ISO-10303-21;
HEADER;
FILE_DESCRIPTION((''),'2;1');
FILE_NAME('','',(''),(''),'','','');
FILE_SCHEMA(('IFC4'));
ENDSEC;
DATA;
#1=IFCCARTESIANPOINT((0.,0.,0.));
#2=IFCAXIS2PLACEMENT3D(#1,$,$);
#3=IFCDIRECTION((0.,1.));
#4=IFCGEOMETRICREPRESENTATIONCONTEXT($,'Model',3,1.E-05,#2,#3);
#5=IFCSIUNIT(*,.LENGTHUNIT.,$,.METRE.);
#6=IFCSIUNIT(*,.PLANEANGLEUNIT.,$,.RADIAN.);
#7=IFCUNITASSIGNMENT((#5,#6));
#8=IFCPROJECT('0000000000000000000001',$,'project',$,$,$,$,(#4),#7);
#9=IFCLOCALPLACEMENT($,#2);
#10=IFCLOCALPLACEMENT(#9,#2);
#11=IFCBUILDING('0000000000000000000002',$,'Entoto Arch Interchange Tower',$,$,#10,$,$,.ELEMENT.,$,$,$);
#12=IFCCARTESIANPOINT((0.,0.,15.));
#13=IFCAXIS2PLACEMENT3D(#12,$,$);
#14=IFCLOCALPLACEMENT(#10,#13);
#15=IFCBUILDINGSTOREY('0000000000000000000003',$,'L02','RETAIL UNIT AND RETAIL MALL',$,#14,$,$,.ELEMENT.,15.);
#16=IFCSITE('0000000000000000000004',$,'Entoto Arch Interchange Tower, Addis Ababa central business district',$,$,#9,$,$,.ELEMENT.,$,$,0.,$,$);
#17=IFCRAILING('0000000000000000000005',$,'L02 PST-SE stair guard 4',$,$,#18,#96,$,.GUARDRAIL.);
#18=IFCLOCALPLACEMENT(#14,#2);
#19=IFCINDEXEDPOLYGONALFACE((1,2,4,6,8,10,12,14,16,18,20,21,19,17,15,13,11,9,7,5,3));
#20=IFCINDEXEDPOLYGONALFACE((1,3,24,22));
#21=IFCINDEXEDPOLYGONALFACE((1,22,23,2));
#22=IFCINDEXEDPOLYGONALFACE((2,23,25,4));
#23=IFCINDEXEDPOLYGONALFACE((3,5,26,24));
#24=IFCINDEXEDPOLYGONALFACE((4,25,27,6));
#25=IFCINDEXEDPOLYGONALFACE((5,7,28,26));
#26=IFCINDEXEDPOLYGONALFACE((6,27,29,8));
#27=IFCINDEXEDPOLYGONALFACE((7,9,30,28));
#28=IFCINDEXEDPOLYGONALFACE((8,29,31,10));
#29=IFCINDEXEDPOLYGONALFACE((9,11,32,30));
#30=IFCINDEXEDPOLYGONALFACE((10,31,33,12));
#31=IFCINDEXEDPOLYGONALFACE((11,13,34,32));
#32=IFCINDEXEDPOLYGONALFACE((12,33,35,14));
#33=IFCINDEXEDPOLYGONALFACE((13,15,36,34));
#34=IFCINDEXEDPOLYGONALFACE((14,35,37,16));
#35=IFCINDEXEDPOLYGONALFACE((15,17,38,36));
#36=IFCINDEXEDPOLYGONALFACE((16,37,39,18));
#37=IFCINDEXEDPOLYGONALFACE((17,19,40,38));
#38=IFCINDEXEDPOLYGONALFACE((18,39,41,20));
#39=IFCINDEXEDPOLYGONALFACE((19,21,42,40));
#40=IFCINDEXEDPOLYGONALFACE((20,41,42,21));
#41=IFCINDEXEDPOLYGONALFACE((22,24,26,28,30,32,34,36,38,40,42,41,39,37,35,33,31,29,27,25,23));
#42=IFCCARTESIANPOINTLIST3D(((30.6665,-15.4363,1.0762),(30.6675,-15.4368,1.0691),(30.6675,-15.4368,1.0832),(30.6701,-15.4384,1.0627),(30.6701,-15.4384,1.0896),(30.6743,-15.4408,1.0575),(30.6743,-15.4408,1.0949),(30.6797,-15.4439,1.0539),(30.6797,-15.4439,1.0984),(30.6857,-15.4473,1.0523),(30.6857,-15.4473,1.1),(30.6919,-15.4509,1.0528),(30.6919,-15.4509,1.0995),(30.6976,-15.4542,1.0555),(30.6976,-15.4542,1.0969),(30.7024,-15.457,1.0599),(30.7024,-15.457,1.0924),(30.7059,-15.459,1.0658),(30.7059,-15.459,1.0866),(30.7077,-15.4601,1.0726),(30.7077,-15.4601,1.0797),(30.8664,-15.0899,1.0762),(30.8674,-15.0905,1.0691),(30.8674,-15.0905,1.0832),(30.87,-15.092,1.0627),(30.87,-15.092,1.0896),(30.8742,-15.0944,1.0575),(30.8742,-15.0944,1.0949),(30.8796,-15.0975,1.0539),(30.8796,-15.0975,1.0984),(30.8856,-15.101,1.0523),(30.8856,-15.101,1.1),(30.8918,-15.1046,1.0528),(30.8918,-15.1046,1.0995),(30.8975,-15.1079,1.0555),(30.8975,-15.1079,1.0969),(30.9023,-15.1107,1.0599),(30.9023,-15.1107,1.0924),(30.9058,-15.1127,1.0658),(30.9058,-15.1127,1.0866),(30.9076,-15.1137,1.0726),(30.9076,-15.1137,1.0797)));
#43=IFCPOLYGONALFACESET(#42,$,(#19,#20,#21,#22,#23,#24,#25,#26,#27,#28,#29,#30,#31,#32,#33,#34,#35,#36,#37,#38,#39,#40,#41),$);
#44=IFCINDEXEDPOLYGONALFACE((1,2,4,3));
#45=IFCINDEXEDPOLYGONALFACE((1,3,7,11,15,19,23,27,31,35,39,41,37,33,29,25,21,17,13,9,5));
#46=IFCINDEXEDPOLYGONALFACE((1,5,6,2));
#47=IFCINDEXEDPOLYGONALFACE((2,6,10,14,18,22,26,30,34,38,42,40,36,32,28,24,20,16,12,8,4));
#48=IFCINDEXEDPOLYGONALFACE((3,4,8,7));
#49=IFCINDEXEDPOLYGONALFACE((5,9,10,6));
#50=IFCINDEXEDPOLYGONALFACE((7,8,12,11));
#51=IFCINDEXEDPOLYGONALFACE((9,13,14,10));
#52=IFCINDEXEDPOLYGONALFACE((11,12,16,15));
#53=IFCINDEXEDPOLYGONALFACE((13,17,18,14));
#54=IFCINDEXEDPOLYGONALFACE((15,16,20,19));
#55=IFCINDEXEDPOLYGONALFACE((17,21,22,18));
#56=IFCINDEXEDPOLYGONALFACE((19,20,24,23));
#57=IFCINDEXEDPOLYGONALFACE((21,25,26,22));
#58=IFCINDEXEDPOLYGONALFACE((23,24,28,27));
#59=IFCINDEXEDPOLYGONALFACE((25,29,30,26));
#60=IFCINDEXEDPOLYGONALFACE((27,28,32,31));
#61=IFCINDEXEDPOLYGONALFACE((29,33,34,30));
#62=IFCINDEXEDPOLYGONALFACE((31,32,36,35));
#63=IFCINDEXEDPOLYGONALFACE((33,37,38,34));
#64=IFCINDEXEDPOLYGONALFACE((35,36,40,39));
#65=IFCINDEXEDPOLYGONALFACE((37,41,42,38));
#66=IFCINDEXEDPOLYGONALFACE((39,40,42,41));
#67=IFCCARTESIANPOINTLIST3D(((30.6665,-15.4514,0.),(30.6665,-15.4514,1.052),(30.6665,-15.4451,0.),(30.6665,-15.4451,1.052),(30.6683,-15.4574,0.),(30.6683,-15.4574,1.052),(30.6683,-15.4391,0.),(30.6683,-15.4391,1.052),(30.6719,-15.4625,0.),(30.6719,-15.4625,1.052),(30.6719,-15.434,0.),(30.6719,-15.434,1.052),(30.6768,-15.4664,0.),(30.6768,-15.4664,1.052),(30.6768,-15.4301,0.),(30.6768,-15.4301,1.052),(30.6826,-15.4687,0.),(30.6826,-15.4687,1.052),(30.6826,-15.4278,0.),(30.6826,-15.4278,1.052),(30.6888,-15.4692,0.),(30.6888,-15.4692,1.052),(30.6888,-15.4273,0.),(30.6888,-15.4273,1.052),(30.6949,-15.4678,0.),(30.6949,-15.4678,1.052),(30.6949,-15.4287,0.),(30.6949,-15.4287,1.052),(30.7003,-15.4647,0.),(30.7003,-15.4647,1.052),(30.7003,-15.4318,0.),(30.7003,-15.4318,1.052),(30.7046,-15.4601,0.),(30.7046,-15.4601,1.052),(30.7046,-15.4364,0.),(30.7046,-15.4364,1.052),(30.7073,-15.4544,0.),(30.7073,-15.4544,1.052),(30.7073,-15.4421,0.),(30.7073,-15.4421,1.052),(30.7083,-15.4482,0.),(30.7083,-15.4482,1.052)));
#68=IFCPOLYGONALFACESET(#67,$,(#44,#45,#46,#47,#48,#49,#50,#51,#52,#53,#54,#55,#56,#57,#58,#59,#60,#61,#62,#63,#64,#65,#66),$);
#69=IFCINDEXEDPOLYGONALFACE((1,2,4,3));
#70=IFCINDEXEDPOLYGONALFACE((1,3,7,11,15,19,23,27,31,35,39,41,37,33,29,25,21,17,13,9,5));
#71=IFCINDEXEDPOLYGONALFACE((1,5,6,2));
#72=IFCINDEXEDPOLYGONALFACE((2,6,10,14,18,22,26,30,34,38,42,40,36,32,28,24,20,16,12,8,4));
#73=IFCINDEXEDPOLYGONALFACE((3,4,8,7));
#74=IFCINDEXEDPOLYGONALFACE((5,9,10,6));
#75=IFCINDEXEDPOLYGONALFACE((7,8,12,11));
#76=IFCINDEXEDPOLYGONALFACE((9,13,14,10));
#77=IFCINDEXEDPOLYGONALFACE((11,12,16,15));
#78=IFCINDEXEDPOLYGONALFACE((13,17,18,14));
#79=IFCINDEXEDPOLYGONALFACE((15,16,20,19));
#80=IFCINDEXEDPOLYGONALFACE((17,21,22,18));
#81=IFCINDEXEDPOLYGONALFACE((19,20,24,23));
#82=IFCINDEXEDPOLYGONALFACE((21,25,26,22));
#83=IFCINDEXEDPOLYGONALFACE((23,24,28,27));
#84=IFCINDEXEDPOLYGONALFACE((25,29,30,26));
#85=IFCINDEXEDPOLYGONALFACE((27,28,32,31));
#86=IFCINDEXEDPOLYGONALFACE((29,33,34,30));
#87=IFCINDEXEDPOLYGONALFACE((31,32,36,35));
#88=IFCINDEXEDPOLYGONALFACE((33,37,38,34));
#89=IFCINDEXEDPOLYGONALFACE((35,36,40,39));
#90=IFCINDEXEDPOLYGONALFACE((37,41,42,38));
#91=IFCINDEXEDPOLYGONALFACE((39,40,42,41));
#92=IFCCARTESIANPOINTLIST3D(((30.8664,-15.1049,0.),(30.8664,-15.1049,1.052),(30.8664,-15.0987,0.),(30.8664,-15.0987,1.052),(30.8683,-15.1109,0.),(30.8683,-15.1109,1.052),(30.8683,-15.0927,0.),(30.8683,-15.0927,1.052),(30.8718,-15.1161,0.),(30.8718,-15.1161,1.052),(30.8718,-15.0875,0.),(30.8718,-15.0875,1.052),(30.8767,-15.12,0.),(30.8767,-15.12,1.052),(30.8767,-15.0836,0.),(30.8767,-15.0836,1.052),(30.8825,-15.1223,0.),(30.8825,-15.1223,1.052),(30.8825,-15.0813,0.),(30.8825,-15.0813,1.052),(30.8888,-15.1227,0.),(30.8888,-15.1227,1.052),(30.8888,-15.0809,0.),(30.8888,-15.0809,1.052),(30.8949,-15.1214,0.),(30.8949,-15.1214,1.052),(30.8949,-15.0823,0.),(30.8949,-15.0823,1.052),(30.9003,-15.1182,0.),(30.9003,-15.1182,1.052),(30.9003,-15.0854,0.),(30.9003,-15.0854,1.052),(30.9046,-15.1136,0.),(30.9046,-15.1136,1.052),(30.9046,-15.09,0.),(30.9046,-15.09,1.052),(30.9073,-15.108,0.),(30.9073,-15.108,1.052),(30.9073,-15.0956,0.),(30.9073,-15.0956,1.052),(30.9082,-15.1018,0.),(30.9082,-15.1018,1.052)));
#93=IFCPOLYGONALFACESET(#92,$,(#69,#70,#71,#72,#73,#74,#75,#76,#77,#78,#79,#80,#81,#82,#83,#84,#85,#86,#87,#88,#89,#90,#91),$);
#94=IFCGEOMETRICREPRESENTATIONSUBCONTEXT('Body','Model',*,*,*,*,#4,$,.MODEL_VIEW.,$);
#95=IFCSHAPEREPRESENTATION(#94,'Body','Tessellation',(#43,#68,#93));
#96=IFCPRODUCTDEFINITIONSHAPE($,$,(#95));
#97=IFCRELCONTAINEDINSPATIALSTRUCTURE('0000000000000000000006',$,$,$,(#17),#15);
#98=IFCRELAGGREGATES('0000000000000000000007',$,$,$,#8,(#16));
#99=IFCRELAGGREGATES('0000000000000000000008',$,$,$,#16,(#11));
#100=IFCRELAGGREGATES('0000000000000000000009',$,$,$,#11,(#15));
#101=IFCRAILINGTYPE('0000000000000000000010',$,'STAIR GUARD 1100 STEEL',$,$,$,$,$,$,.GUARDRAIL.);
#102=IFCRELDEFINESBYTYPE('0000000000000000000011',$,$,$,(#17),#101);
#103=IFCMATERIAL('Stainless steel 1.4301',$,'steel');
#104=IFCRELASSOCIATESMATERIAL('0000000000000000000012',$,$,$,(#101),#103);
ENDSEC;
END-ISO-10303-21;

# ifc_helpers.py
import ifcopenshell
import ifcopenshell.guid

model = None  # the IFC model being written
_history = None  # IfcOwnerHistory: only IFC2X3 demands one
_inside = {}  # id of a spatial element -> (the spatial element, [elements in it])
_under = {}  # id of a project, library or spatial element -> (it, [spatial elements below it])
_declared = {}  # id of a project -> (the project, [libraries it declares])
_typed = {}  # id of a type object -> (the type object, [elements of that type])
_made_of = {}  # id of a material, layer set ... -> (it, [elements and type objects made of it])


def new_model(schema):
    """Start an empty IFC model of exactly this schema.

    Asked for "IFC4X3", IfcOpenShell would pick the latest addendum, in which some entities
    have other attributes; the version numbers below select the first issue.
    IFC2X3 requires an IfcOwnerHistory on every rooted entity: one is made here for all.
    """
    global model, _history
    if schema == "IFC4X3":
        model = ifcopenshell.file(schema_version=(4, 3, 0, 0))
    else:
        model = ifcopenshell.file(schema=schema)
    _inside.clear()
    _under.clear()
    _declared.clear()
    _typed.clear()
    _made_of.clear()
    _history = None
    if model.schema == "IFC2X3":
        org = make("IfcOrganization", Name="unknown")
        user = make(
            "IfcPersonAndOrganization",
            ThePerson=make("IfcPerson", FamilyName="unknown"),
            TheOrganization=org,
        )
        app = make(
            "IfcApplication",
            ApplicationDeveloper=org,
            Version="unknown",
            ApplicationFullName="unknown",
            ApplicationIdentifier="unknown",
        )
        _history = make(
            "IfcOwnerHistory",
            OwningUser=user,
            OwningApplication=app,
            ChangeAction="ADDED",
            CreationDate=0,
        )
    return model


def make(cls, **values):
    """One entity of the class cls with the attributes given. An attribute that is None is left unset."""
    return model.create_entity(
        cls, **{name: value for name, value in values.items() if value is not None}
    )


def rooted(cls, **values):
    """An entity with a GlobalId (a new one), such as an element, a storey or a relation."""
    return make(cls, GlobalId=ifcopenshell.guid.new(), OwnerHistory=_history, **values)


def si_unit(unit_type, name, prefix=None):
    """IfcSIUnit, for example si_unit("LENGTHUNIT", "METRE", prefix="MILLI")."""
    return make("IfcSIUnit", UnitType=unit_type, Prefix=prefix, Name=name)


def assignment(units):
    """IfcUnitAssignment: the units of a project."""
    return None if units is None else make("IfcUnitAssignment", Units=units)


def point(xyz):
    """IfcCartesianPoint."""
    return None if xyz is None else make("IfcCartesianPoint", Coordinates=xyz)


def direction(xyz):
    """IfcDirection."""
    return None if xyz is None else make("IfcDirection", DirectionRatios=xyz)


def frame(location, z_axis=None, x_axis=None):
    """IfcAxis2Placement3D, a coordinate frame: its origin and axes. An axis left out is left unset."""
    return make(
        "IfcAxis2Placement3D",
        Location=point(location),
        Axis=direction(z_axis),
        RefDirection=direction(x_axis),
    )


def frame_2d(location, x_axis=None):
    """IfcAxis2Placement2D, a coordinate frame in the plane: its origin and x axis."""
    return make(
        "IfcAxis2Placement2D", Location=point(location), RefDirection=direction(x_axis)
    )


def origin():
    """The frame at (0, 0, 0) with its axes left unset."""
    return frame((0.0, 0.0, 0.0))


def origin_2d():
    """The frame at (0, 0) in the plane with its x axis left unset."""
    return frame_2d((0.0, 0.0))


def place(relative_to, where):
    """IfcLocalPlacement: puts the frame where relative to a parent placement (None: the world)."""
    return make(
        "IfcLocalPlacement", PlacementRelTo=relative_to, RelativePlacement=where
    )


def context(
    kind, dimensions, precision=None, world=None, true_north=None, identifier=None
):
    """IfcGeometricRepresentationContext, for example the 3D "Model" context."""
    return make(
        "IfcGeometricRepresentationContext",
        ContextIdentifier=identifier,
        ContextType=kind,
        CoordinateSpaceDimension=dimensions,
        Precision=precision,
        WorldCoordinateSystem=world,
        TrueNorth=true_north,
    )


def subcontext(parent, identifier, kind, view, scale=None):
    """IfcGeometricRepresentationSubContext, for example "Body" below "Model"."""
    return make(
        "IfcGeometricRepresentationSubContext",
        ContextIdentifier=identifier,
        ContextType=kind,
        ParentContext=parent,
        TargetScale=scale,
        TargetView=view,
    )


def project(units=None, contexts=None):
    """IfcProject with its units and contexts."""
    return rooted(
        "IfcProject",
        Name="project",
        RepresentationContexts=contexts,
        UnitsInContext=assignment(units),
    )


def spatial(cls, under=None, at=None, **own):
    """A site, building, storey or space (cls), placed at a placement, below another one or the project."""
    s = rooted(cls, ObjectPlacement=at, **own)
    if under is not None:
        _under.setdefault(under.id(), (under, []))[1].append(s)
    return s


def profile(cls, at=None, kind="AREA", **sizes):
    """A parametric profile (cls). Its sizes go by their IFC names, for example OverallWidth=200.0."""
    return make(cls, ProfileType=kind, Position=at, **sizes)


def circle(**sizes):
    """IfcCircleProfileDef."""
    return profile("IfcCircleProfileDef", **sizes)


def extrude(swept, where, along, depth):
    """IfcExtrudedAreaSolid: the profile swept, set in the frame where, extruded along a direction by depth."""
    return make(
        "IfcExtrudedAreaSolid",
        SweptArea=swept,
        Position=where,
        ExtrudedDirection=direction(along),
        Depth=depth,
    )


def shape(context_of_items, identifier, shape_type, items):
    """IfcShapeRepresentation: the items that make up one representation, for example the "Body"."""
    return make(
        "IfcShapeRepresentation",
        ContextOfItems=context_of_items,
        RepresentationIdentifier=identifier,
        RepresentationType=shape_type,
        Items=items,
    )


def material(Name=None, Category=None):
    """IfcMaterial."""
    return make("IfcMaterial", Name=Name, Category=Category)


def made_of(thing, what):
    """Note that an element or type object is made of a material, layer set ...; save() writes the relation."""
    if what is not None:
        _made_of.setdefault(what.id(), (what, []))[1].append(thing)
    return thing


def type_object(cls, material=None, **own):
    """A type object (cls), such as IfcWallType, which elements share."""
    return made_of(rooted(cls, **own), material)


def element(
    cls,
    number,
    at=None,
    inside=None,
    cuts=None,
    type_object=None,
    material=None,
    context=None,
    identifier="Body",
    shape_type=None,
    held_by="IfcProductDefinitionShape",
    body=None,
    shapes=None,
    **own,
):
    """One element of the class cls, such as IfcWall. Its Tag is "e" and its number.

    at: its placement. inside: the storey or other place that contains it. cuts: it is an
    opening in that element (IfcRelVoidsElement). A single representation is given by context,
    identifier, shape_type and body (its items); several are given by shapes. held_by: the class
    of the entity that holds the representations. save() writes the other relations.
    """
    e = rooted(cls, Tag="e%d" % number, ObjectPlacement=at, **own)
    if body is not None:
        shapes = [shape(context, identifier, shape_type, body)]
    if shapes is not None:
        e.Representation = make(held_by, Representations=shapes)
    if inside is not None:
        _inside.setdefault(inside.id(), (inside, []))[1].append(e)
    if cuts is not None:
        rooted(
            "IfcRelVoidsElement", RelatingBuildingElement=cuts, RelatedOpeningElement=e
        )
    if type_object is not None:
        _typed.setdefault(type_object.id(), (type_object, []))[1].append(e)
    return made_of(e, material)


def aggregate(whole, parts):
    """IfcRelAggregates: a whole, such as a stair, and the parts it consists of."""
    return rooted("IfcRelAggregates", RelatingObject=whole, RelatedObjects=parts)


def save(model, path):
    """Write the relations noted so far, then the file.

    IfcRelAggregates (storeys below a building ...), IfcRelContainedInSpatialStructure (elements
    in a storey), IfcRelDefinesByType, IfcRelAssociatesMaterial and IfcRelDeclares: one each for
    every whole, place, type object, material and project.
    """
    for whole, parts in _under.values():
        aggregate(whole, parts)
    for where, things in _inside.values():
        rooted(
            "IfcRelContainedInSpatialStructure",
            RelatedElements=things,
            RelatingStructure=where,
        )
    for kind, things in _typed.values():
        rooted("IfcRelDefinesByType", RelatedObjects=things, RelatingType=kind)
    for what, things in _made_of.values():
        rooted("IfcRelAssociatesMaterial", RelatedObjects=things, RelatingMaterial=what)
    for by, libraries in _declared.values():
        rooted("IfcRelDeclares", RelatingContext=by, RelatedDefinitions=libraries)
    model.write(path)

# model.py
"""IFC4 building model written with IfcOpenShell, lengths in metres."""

from ifc_helpers import new_model, si_unit, direction, frame, origin, origin_2d, place, context, subcontext, project, spatial, circle, extrude, material, type_object, element, save


model = new_model("IFC4")

# Units and contexts
model_context = context("Model", 3, precision=1e-05, world=origin(), true_north=direction((0.0, 1.0)))
body_context = subcontext(model_context, "Body", "Model", "MODEL_VIEW")
ifc_project = project(units=[si_unit("LENGTHUNIT", "METRE"), si_unit("PLANEANGLEUNIT", "RADIAN")], contexts=[model_context])

# Site, building, storey
site_placement = place(None, origin())
site = spatial("IfcSite", under=ifc_project, at=site_placement, Name="Entoto Arch Interchange Tower, Addis Ababa central business district", CompositionType="ELEMENT", RefElevation=0.0)
building_placement = place(site_placement, origin())
building = spatial("IfcBuilding", under=site, at=building_placement, Name="Entoto Arch Interchange Tower", CompositionType="ELEMENT")
storey_placement = place(building_placement, frame((0.0, 0.0, 15.0)))
storey = spatial("IfcBuildingStorey", under=building, at=storey_placement, Name="L02", Description="RETAIL UNIT AND RETAIL MALL", CompositionType="ELEMENT", Elevation=15.0)

# Railing
ifc_material_1 = material(Name="Stainless steel 1.4301", Category="steel")
railing_type_1 = type_object("IfcRailingType", Name="STAIR GUARD 1100 STEEL", PredefinedType="GUARDRAIL", material=ifc_material_1)
railing_1_placement = place(storey_placement, frame((30.6873, -15.4482, 0.0)))
element("IfcRailing", 1, at=railing_1_placement, inside=storey, type_object=railing_type_1, Name="L02 PST-SE stair guard 4", PredefinedType="GUARDRAIL", context=body_context, shape_type="SweptSolid", body=[
    extrude(circle(Radius=0.0239, at=origin_2d()), frame((0.0, 0.0, 1.0762), z_axis=(0.499881, 0.866094, 0.0), x_axis=(-0.866094, 0.499881, 0.0)), (0.0, 0.0, 1.0), 0.3999),
    extrude(circle(Radius=0.021, at=origin_2d()), origin(), (0.0, 0.0, 1.0), 1.052),
    extrude(circle(Radius=0.021, at=origin_2d()), frame((0.2, 0.3464, 0.0)), (0.0, 0.0, 1.0), 1.052),
])

save(model, "model.ifc")
